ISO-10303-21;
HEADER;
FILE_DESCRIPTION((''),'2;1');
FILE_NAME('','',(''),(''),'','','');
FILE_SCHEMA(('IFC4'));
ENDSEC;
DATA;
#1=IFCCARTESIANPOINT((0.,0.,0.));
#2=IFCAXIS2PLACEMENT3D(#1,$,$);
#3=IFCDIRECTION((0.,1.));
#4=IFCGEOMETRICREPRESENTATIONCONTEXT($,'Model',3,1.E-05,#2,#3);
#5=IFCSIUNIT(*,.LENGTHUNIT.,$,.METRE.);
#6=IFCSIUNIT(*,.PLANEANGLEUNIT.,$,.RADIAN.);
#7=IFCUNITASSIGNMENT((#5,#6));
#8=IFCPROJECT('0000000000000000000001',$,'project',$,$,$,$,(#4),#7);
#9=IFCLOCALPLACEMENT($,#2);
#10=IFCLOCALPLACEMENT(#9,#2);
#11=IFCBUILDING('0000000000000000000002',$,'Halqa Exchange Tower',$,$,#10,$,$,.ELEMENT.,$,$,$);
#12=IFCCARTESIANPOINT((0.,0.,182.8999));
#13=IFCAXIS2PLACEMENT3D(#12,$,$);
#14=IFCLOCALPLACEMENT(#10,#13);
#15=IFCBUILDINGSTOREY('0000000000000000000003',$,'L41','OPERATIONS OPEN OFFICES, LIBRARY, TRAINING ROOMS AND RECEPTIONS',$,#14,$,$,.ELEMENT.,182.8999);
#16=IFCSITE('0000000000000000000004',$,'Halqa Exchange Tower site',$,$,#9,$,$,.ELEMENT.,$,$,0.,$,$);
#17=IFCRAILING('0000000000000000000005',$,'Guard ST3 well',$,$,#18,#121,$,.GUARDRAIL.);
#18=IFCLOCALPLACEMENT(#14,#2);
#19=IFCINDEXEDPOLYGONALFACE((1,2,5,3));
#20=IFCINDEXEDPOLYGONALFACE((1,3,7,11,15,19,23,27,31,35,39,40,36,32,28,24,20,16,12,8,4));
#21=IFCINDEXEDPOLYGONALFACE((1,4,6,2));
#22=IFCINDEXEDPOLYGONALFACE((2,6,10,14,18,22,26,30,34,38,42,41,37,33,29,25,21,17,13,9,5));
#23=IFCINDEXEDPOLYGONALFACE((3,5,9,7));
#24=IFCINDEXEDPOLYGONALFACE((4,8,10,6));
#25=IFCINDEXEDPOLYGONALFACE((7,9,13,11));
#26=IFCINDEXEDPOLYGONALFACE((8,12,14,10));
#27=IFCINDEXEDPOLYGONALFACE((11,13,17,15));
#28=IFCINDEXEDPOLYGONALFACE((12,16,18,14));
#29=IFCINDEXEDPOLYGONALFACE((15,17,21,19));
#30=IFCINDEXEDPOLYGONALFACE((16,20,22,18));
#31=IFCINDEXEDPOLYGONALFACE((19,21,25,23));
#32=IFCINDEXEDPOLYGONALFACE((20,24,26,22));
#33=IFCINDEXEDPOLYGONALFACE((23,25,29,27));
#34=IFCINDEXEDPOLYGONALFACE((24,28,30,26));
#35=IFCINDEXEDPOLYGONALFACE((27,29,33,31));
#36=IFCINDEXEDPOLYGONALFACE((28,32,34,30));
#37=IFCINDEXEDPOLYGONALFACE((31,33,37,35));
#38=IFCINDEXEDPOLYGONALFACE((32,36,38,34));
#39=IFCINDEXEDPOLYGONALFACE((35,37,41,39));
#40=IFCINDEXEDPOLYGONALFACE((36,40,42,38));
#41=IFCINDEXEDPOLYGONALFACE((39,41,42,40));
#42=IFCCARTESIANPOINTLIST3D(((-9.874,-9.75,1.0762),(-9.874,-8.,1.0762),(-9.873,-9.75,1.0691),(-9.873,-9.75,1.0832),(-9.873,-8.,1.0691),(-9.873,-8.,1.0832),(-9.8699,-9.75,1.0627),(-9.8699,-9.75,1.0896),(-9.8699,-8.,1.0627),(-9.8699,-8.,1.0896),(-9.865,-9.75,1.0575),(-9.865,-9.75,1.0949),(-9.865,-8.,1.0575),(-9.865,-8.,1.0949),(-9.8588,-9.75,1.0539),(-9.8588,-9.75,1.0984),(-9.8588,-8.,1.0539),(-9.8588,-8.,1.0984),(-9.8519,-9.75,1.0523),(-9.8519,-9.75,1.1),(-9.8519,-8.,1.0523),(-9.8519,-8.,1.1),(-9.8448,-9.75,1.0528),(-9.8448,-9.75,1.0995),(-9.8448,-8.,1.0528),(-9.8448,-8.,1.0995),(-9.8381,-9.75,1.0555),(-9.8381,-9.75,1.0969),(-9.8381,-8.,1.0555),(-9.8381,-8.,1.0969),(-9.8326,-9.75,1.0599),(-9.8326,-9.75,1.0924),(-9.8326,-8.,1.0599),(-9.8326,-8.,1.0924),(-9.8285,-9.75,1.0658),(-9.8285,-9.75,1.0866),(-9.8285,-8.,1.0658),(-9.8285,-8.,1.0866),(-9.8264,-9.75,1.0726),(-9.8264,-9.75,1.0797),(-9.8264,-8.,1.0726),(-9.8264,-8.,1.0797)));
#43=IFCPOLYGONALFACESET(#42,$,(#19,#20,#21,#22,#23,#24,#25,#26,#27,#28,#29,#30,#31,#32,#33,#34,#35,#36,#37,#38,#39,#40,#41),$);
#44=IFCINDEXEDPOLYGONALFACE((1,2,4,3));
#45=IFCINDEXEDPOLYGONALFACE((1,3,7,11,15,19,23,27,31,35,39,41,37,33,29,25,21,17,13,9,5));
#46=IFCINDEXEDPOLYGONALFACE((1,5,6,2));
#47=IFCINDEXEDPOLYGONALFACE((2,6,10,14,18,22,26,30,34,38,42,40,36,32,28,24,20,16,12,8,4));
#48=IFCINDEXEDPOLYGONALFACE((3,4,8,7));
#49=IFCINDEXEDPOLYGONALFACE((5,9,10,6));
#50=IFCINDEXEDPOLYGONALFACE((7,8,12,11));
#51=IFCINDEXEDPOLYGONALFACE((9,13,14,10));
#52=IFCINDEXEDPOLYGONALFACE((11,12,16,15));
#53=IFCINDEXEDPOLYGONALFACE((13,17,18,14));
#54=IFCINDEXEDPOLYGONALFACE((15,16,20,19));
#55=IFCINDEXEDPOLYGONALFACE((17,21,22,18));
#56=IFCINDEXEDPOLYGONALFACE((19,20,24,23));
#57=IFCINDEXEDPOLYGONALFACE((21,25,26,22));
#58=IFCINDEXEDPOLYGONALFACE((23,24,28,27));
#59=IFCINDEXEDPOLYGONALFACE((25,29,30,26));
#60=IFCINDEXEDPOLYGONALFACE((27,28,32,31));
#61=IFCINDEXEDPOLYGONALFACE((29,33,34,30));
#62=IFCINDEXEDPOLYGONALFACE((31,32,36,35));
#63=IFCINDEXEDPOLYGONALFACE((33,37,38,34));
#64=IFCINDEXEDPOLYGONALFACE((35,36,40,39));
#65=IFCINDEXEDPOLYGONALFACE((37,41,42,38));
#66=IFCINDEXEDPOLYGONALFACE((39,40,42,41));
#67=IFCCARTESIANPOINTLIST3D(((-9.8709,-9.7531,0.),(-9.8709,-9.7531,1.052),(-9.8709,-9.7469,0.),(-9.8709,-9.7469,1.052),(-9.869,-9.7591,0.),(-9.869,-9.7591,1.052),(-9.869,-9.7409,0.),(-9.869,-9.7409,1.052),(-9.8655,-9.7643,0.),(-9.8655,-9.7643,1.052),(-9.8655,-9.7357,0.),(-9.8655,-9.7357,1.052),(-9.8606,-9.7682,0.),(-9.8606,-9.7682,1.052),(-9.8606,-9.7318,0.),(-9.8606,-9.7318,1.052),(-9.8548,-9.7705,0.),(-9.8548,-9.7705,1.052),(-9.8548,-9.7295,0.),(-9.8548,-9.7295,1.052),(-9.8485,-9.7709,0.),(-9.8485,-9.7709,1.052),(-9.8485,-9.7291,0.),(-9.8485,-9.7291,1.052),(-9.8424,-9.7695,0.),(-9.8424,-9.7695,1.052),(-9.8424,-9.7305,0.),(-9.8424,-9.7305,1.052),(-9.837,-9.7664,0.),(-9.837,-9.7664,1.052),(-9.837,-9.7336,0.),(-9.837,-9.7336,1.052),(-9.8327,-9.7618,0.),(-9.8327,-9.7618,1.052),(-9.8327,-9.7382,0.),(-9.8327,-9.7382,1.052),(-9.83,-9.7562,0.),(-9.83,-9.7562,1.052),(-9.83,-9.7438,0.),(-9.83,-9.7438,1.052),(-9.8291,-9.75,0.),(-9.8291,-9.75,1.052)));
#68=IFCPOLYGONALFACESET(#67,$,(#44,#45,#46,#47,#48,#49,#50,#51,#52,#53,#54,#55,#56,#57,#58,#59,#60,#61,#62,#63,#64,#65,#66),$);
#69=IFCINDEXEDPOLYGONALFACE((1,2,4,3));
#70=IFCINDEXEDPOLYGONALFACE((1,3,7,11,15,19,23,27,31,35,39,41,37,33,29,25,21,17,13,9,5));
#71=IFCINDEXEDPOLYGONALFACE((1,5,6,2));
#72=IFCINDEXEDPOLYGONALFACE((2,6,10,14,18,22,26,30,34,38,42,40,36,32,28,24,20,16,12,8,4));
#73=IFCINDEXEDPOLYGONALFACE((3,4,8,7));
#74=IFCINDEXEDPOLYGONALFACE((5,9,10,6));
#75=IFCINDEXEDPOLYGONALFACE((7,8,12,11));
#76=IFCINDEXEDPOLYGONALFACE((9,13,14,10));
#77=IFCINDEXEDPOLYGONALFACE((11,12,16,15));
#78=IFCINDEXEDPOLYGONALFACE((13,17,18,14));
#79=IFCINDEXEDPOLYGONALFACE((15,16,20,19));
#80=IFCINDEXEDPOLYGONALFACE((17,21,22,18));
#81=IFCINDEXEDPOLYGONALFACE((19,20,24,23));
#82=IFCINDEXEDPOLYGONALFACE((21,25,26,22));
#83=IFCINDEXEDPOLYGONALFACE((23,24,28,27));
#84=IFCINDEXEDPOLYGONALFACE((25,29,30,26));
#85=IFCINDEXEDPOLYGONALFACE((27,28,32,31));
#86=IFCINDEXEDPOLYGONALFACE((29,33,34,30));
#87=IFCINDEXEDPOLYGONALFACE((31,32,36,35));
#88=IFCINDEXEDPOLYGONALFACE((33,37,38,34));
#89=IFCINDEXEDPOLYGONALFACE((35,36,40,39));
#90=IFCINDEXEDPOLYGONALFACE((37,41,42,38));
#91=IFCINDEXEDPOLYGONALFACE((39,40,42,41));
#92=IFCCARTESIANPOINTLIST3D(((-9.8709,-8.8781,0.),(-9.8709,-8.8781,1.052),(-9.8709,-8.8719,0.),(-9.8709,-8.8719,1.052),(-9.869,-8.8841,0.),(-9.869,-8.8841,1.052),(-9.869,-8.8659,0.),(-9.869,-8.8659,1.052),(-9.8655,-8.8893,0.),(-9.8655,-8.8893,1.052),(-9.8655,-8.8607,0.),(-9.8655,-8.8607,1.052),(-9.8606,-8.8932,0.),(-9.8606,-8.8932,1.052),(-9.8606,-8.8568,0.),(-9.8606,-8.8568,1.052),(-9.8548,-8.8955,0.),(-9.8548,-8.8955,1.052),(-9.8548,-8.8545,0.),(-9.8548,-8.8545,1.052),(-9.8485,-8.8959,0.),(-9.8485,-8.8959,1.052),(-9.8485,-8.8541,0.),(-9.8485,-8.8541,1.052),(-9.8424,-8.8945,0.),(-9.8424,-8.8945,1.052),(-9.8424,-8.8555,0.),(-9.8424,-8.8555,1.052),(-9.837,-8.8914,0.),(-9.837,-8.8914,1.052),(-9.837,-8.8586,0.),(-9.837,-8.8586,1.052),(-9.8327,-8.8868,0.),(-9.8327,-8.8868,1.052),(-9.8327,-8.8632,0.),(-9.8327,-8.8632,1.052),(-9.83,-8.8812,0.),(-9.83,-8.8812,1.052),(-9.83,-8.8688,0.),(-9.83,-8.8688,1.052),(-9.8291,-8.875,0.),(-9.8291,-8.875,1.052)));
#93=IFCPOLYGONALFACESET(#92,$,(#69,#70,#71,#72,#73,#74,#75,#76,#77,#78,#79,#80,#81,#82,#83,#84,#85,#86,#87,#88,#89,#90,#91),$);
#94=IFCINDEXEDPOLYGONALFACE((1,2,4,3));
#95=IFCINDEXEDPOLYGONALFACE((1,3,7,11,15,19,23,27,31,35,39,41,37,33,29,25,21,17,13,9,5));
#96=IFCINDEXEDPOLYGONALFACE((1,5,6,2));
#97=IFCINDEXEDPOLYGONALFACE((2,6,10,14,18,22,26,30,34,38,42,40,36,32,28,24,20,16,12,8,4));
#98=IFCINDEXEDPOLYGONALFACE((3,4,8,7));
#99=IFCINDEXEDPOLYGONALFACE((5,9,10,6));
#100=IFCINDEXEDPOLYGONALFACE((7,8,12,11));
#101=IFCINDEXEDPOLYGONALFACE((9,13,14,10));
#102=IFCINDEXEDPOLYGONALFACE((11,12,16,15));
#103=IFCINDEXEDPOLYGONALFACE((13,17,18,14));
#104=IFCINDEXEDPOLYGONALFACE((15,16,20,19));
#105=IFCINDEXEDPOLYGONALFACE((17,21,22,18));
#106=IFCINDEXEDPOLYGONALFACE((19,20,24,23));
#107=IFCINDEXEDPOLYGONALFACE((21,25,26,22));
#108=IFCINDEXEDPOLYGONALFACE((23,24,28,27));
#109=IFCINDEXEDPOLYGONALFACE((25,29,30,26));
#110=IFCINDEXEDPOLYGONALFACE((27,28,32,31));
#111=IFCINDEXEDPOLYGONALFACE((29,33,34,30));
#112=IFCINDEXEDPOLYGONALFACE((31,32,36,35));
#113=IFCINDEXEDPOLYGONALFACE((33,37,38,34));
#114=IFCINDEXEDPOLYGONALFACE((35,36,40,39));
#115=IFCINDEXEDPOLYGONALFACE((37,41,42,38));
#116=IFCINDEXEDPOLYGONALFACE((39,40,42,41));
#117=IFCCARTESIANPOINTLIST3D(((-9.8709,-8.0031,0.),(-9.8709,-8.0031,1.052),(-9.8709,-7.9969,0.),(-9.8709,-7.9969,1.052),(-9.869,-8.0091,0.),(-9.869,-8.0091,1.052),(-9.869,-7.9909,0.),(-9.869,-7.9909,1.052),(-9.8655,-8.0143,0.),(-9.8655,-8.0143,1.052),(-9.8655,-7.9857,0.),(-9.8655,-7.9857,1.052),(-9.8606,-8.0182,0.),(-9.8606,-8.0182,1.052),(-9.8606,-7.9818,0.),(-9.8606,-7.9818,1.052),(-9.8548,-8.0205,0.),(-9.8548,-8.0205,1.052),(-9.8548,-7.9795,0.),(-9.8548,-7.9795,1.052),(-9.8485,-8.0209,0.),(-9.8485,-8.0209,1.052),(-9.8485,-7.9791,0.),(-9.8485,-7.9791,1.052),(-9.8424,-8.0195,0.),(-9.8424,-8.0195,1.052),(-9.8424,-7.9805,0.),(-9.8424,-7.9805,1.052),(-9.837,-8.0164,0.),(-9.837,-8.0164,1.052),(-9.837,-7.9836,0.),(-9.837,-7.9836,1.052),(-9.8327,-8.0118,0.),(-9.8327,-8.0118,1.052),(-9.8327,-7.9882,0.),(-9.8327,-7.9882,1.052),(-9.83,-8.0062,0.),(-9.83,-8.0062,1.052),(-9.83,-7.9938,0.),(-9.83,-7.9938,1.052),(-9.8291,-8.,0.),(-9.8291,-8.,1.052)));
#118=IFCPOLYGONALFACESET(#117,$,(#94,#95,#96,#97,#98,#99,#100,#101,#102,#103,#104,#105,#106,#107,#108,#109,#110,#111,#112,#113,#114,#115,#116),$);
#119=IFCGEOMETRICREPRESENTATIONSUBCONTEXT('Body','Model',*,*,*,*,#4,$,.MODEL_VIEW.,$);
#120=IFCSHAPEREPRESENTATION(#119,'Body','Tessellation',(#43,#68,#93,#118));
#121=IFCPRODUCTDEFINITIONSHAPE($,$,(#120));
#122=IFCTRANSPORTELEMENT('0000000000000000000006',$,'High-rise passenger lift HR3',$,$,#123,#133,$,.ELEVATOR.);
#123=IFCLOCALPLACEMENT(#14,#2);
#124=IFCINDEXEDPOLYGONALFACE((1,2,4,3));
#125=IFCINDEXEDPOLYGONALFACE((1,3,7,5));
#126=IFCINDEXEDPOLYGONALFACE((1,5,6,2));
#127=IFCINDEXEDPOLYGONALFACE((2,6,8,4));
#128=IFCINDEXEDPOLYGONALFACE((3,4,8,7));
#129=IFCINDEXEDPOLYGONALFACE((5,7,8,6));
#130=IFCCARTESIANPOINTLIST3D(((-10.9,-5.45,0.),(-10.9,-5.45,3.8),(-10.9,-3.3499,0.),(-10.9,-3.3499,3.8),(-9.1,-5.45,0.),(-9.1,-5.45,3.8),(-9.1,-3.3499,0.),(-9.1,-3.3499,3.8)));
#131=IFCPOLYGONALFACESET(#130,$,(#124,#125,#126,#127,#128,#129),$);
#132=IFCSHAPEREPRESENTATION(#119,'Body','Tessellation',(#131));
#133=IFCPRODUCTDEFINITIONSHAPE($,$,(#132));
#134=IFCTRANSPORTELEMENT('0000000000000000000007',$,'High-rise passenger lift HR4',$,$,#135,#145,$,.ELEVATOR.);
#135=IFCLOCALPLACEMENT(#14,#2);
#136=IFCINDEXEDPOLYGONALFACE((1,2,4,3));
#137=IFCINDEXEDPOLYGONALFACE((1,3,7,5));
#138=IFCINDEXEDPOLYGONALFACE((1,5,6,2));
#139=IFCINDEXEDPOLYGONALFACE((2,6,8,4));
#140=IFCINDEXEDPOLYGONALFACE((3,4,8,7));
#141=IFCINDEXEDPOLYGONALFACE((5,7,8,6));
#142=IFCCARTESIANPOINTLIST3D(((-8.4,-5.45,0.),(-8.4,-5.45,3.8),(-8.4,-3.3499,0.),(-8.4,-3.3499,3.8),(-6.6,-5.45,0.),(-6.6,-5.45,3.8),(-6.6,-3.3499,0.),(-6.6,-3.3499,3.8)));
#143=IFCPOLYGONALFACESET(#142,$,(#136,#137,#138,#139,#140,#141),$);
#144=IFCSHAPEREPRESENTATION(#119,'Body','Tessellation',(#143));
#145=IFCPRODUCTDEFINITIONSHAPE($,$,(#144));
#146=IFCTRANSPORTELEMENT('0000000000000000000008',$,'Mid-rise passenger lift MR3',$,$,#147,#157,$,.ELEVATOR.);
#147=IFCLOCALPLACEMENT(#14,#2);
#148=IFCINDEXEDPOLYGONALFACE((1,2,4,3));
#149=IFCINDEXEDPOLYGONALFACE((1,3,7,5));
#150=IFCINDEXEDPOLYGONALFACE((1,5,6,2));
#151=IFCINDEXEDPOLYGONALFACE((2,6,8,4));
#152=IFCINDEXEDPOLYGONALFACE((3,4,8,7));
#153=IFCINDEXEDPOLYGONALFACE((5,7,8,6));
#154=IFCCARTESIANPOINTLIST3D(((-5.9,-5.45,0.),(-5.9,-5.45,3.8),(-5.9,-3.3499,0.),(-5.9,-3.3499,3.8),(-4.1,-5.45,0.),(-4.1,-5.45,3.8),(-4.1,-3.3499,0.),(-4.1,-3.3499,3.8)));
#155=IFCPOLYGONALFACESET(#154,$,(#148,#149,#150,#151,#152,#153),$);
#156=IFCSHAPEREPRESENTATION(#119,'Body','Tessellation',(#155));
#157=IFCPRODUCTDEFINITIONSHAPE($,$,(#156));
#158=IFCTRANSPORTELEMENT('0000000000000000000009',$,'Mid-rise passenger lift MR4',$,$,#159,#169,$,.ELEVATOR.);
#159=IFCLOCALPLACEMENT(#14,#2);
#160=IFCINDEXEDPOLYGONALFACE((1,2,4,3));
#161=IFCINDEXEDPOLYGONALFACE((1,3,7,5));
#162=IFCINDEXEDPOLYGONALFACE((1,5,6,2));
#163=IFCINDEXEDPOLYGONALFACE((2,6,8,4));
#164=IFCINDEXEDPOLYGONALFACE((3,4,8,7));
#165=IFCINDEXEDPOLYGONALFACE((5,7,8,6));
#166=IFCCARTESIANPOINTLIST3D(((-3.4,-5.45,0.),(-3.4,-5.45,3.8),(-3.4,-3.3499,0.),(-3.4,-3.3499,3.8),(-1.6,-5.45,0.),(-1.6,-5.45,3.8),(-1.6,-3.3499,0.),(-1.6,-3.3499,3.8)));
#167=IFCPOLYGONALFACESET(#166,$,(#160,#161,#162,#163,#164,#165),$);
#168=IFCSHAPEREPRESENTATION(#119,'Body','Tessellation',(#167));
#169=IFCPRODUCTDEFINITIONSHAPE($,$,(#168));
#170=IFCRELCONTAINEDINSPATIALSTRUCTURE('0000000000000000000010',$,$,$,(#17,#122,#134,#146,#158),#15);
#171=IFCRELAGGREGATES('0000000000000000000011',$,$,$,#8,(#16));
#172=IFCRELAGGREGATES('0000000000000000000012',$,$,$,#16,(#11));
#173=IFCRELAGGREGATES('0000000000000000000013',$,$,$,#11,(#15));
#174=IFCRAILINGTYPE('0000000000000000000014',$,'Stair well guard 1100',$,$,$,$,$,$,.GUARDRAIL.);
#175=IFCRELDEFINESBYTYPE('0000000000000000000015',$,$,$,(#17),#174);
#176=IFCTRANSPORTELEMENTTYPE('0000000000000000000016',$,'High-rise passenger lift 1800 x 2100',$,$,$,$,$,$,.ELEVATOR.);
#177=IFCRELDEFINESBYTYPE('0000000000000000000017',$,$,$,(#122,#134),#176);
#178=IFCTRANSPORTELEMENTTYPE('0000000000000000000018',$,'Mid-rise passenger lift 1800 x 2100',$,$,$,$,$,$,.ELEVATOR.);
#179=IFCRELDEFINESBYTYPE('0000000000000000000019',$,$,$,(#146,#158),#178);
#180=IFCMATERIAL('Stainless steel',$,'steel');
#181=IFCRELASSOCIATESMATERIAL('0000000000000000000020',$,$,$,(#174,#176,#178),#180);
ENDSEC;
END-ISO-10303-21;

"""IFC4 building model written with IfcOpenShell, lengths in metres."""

from ifc_helpers import new_model, si_unit, direction, frame, origin, origin_2d, place, context, subcontext, project, spatial, rectangle, circle, extrude, material, type_object, element, save


model = new_model("IFC4")

# Units and contexts
model_context = context("Model", 3, precision=1e-05, world=origin(), true_north=direction((0.0, 1.0)))
body_context = subcontext(model_context, "Body", "Model", "MODEL_VIEW")
ifc_project = project(units=[si_unit("LENGTHUNIT", "METRE"), si_unit("PLANEANGLEUNIT", "RADIAN")], contexts=[model_context])

# Site, building, storey
site_placement = place(None, origin())
site = spatial("IfcSite", under=ifc_project, at=site_placement, Name="Halqa Exchange Tower site", CompositionType="ELEMENT", RefElevation=0.0)
building_placement = place(site_placement, origin())
building = spatial("IfcBuilding", under=site, at=building_placement, Name="Halqa Exchange Tower", CompositionType="ELEMENT")
storey_placement = place(building_placement, frame((0.0, 0.0, 182.8999)))
storey = spatial("IfcBuildingStorey", under=building, at=storey_placement, Name="L41", Description="OPERATIONS OPEN OFFICES, LIBRARY, TRAINING ROOMS AND RECEPTIONS", CompositionType="ELEMENT", Elevation=182.8999)

# Shared definitions
ifc_material_1 = material(Name="Stainless steel", Category="steel")

# Railing
railing_type_1 = type_object("IfcRailingType", Name="Stair well guard 1100", PredefinedType="GUARDRAIL", material=ifc_material_1)
railing_1_placement = place(storey_placement, frame((-9.8501, -9.75, 0.0)))
element("IfcRailing", 1, at=railing_1_placement, inside=storey, type_object=railing_type_1, Name="Guard ST3 well", PredefinedType="GUARDRAIL", context=body_context, shape_type="SweptSolid", body=[
    extrude(circle(Radius=0.0239, at=origin_2d()), frame((0.0, 0.0, 1.0762), z_axis=(0.0, 1.0, 0.0), x_axis=(-1.0, 0.0, 0.0)), (0.0, 0.0, 1.0), 1.75),
    extrude(circle(Radius=0.021, at=origin_2d()), origin(), (0.0, 0.0, 1.0), 1.052),
    extrude(circle(Radius=0.021, at=origin_2d()), frame((0.0, 0.875, 0.0)), (0.0, 0.0, 1.0), 1.052),
    extrude(circle(Radius=0.021, at=origin_2d()), frame((0.0, 1.75, 0.0)), (0.0, 0.0, 1.0), 1.052),
])

# Transport elements
transport_element_type_1 = type_object("IfcTransportElementType", Name="High-rise passenger lift 1800 x 2100", PredefinedType="ELEVATOR", material=ifc_material_1)
for number, where, z_axis, x_axis, name in (
    (2, (-10.0, -4.3999, 0.0), (0.0, 0.0, 1.0), (1.0, 0.0, 0.0), "High-rise passenger lift HR3"),
    (3, (-7.5, -4.3999, 0.0), (0.0, 0.0, 1.0), (1.0, 0.0, 0.0), "High-rise passenger lift HR4"),
):
    element("IfcTransportElement", number, at=place(storey_placement, frame(where, z_axis=z_axis, x_axis=x_axis)), inside=storey, type_object=transport_element_type_1, Name=name, PredefinedType="ELEVATOR", context=body_context, shape_type="SweptSolid", body=[
        extrude(rectangle(XDim=1.8, YDim=2.1001, at=origin_2d()), origin(), (0.0, 0.0, 1.0), 3.8),
    ])
transport_element_type_2 = type_object("IfcTransportElementType", Name="Mid-rise passenger lift 1800 x 2100", PredefinedType="ELEVATOR", material=ifc_material_1)
for number, where, z_axis, x_axis, name in (
    (4, (-5.0, -4.3999, 0.0), (0.0, 0.0, 1.0), (1.0, 0.0, 0.0), "Mid-rise passenger lift MR3"),
    (5, (-2.5, -4.3999, 0.0), (0.0, 0.0, 1.0), (1.0, 0.0, 0.0), "Mid-rise passenger lift MR4"),
):
    element("IfcTransportElement", number, at=place(storey_placement, frame(where, z_axis=z_axis, x_axis=x_axis)), inside=storey, type_object=transport_element_type_2, Name=name, PredefinedType="ELEVATOR", context=body_context, shape_type="SweptSolid", body=[
        extrude(rectangle(XDim=1.8, YDim=2.1001, at=origin_2d()), origin(), (0.0, 0.0, 1.0), 3.8),
    ])

save(model, "model.ifc")
